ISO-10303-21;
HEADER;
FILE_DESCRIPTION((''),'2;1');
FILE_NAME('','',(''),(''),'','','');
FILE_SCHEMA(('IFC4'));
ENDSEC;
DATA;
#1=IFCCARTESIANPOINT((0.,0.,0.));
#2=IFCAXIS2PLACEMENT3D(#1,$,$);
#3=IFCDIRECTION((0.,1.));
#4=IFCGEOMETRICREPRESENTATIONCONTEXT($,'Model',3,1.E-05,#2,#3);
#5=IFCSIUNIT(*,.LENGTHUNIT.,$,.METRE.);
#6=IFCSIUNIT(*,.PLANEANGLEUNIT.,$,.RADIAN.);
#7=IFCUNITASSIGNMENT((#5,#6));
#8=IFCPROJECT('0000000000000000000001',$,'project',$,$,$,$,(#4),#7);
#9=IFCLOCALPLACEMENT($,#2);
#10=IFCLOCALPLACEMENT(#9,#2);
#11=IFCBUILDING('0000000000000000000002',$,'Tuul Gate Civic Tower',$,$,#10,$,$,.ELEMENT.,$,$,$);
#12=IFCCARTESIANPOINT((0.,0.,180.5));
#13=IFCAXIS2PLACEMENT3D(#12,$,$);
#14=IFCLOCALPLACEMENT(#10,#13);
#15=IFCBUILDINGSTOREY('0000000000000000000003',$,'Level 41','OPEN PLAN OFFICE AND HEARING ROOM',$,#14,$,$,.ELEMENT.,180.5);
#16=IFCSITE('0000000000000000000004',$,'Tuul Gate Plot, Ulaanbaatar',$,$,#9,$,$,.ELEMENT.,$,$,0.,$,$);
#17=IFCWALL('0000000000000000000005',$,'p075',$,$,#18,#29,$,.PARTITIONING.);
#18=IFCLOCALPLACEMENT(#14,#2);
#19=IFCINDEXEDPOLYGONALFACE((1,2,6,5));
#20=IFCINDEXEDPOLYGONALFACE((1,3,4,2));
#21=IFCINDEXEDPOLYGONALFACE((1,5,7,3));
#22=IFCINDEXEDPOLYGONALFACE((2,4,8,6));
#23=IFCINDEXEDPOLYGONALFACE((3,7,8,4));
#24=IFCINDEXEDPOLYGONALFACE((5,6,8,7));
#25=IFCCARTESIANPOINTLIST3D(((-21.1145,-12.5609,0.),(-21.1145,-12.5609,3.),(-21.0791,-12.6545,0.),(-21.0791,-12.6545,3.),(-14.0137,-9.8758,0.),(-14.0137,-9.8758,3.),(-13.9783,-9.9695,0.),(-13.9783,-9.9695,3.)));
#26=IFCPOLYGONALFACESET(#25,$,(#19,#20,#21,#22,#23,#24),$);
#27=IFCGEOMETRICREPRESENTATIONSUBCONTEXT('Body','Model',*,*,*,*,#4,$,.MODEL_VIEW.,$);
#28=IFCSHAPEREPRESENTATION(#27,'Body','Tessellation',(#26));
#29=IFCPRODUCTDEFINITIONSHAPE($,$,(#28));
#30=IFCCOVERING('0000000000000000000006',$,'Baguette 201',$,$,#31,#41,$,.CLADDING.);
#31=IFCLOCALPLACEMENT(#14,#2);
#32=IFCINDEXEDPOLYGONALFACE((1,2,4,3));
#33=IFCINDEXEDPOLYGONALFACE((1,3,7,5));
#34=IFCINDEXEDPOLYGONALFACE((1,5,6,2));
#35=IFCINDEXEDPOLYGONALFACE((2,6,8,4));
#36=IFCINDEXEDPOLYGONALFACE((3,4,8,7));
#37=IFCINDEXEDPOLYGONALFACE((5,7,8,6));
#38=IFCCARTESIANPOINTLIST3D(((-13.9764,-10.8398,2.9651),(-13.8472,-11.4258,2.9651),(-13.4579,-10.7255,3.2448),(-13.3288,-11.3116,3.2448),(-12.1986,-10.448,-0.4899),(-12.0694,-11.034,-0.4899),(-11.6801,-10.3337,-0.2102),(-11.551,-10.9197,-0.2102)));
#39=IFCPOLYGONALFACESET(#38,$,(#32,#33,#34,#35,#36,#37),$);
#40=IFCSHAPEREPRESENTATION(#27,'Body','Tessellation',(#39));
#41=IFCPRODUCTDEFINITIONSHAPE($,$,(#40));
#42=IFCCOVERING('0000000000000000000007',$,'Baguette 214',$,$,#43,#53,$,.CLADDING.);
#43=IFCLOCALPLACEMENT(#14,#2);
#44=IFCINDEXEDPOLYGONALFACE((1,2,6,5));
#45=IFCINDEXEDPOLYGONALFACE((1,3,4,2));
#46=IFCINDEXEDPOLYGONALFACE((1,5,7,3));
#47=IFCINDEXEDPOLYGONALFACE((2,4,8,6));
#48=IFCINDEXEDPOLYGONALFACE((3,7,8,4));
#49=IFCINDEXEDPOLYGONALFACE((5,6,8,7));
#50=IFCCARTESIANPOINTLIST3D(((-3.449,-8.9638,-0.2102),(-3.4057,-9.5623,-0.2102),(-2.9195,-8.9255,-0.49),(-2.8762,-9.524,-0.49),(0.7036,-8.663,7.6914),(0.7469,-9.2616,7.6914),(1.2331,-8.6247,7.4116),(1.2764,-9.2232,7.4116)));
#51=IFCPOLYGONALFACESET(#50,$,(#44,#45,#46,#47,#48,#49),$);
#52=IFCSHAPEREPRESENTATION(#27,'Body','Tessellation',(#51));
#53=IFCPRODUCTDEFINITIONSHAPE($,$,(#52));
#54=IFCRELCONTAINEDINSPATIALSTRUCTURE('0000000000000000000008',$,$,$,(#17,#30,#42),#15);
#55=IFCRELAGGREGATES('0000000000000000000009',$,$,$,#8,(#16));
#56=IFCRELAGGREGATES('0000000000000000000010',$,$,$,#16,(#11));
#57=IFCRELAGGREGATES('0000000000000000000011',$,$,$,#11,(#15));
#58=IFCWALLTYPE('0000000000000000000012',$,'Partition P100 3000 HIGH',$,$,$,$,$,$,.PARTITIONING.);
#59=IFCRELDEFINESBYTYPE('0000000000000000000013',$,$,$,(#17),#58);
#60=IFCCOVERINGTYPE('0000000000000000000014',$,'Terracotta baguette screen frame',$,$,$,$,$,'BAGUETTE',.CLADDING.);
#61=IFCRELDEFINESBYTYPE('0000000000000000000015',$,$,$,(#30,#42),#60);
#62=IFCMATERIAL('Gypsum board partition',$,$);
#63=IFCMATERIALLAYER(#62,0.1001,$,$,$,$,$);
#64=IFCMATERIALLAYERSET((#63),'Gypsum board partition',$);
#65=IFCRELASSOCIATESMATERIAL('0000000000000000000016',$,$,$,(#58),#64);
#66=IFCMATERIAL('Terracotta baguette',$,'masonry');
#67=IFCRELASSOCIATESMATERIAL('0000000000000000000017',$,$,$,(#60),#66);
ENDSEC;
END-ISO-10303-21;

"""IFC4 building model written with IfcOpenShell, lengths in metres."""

from ifc_helpers import new_model, si_unit, direction, frame, frame_2d, origin, origin_2d, place, context, subcontext, project, spatial, rectangle, extrude, material, layer, layer_set, material_profile, profile_set, type_object, element, save


model = new_model("IFC4")

# Units and contexts
model_context = context("Model", 3, precision=1e-05, world=origin(), true_north=direction((0.0, 1.0)))
body_context = subcontext(model_context, "Body", "Model", "MODEL_VIEW")
ifc_project = project(units=[si_unit("LENGTHUNIT", "METRE"), si_unit("PLANEANGLEUNIT", "RADIAN")], contexts=[model_context])

# Site, building, storey
site_placement = place(None, origin())
site = spatial("IfcSite", under=ifc_project, at=site_placement, Name="Tuul Gate Plot, Ulaanbaatar", CompositionType="ELEMENT", RefElevation=0.0)
building_placement = place(site_placement, origin())
building = spatial("IfcBuilding", under=site, at=building_placement, Name="Tuul Gate Civic Tower", CompositionType="ELEMENT")
storey_placement = place(building_placement, frame((0.0, 0.0, 180.5)))
storey = spatial("IfcBuildingStorey", under=building, at=storey_placement, Name="Level 41", Description="OPEN PLAN OFFICE AND HEARING ROOM", CompositionType="ELEMENT", Elevation=180.5)

# Wall
ifc_material_1 = material(Name="Gypsum board partition")
ifc_layer_1 = layer(ifc_material_1, 0.1001)
ifc_layer_set_1 = layer_set([ifc_layer_1], Name="Gypsum board partition")
wall_type_1 = type_object("IfcWallType", Name="Partition P100 3000 HIGH", PredefinedType="PARTITIONING", material=ifc_layer_set_1)
wall_1_placement = place(storey_placement, frame((-13.9958, -9.9226, 0.0), z_axis=(0.0, 0.0, 1.0), x_axis=(-0.935362, -0.353691, 0.0)))
element("IfcWall", 1, at=wall_1_placement, inside=storey, type_object=wall_type_1, Name="p075", PredefinedType="PARTITIONING", context=body_context, shape_type="SweptSolid", body=[
    extrude(rectangle(XDim=7.5916, YDim=0.1001, at=frame_2d((3.7959, 0.0))), origin(), (0.0, 0.0, 1.0), 3.0),
])

# Coverings
ifc_material_2 = material(Name="Terracotta baguette", Category="masonry")
ifc_material_profile_1 = material_profile(ifc_material_2, rectangle(XDim=0.6001, YDim=0.6001, at=origin_2d()), Name="Terracotta baguette screen frame")
ifc_profile_set_1 = profile_set([ifc_material_profile_1], Name="Terracotta baguette")
covering_type = type_object("IfcCoveringType", Name="Terracotta baguette screen frame", ElementType="BAGUETTE", PredefinedType="CLADDING", material=ifc_profile_set_1)
covering_1_placement = place(storey_placement, frame((-13.6526, -11.0757, 3.105), z_axis=(0.455229, 0.100335, -0.884703), x_axis=(-0.21524, 0.976561, 0.0)))
element("IfcCovering", 2, at=covering_1_placement, inside=storey, type_object=covering_type, Name="Baguette 201", PredefinedType="CLADDING", context=body_context, shape_type="SweptSolid", body=[
    extrude(rectangle(XDim=0.6001, YDim=0.6001, at=origin_2d()), origin(), (0.0, 0.0, 1.0), 3.9053),
])
covering_2_placement = place(storey_placement, frame((-3.1626, -9.2439, -0.3501), z_axis=(0.464943, 0.033677, 0.8847), x_axis=(-0.072243, 0.997387, 0.0)))
element("IfcCovering", 3, at=covering_2_placement, inside=storey, type_object=covering_type, Name="Baguette 214", PredefinedType="CLADDING", context=body_context, shape_type="SweptSolid", body=[
    extrude(rectangle(XDim=0.6001, YDim=0.6001, at=origin_2d()), origin(), (0.0, 0.0, 1.0), 8.9314),
])

save(model, "model.ifc")
